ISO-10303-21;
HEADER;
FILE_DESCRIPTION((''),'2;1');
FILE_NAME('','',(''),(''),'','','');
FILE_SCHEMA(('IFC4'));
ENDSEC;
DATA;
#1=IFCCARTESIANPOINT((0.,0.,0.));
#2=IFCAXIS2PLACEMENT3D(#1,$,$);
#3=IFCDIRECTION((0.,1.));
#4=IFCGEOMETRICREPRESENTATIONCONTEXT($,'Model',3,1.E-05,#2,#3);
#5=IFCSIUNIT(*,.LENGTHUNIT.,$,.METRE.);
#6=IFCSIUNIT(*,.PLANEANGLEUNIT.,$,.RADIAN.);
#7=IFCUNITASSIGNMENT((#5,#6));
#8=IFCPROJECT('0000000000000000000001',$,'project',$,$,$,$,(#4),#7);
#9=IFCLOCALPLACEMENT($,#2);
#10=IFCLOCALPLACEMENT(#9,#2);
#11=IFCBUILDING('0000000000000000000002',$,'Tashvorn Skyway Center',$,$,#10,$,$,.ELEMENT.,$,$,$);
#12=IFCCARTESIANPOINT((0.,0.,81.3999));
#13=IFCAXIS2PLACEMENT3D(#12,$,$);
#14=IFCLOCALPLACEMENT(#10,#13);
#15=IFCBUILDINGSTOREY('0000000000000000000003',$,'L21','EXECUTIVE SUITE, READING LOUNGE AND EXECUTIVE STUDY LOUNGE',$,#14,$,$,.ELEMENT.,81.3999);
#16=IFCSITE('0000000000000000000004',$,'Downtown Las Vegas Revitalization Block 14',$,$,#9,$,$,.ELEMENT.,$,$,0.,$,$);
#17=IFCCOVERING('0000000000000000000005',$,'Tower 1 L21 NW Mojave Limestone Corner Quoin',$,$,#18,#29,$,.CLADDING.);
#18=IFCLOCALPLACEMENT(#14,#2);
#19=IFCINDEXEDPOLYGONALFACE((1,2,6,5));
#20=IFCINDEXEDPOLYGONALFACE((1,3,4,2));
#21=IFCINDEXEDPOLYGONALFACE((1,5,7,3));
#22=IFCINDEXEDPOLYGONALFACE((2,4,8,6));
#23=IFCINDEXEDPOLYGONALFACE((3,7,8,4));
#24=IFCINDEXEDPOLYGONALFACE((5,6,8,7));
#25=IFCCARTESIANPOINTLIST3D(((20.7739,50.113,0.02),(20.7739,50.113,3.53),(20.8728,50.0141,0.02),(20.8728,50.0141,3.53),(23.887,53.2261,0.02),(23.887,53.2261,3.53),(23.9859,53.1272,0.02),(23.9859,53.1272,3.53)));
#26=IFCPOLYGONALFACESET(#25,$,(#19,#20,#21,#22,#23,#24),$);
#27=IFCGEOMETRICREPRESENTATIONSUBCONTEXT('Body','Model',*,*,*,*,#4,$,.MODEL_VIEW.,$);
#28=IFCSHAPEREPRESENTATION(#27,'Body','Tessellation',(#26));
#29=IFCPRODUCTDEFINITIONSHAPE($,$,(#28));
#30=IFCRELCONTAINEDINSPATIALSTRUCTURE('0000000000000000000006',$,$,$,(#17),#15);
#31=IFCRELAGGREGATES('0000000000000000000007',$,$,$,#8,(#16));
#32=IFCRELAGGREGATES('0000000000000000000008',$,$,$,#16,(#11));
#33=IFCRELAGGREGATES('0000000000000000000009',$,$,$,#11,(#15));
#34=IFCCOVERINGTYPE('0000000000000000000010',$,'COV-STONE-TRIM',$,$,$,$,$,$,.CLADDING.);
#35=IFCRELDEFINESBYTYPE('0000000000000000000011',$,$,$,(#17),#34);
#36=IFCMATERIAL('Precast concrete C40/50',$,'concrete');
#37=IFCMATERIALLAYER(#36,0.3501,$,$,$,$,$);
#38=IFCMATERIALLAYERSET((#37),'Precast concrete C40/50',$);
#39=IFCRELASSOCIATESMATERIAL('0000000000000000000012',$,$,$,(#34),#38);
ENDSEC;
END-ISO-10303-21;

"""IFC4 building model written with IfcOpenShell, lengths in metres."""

from ifc_helpers import new_model, si_unit, direction, frame, origin, origin_2d, place, context, subcontext, project, spatial, rectangle, extrude, material, layer, layer_set, type_object, element, save


model = new_model("IFC4")

# Units and contexts
model_context = context("Model", 3, precision=1e-05, world=origin(), true_north=direction((0.0, 1.0)))
body_context = subcontext(model_context, "Body", "Model", "MODEL_VIEW")
ifc_project = project(units=[si_unit("LENGTHUNIT", "METRE"), si_unit("PLANEANGLEUNIT", "RADIAN")], contexts=[model_context])

# Site, building, storey
site_placement = place(None, origin())
site = spatial("IfcSite", under=ifc_project, at=site_placement, Name="Downtown Las Vegas Revitalization Block 14", CompositionType="ELEMENT", RefElevation=0.0)
building_placement = place(site_placement, origin())
building = spatial("IfcBuilding", under=site, at=building_placement, Name="Tashvorn Skyway Center", CompositionType="ELEMENT")
storey_placement = place(building_placement, frame((0.0, 0.0, 81.3999)))
storey = spatial("IfcBuildingStorey", under=building, at=storey_placement, Name="L21", Description="EXECUTIVE SUITE, READING LOUNGE AND EXECUTIVE STUDY LOUNGE", CompositionType="ELEMENT", Elevation=81.3999)

# Shared definitions
ifc_material_1 = material(Name="Precast concrete C40/50", Category="concrete")

# Covering
ifc_layer_1 = layer(ifc_material_1, 0.3501)
ifc_layer_set_1 = layer_set([ifc_layer_1], Name="Precast concrete C40/50")
covering_type_1 = type_object("IfcCoveringType", Name="COV-STONE-TRIM", PredefinedType="CLADDING", material=ifc_layer_set_1)
covering_1_placement = place(storey_placement, frame((22.3799, 51.6201, 0.02), z_axis=(0.0, 0.0, 1.0), x_axis=(-0.707107, -0.707107, 0.0)))
element("IfcCovering", 1, at=covering_1_placement, inside=storey, type_object=covering_type_1, Name="Tower 1 L21 NW Mojave Limestone Corner Quoin", PredefinedType="CLADDING", context=body_context, shape_type="SweptSolid", body=[
    extrude(rectangle(XDim=4.4026, YDim=0.1399, at=origin_2d()), origin(), (0.0, 0.0, 1.0), 3.51),
])

save(model, "model.ifc")
